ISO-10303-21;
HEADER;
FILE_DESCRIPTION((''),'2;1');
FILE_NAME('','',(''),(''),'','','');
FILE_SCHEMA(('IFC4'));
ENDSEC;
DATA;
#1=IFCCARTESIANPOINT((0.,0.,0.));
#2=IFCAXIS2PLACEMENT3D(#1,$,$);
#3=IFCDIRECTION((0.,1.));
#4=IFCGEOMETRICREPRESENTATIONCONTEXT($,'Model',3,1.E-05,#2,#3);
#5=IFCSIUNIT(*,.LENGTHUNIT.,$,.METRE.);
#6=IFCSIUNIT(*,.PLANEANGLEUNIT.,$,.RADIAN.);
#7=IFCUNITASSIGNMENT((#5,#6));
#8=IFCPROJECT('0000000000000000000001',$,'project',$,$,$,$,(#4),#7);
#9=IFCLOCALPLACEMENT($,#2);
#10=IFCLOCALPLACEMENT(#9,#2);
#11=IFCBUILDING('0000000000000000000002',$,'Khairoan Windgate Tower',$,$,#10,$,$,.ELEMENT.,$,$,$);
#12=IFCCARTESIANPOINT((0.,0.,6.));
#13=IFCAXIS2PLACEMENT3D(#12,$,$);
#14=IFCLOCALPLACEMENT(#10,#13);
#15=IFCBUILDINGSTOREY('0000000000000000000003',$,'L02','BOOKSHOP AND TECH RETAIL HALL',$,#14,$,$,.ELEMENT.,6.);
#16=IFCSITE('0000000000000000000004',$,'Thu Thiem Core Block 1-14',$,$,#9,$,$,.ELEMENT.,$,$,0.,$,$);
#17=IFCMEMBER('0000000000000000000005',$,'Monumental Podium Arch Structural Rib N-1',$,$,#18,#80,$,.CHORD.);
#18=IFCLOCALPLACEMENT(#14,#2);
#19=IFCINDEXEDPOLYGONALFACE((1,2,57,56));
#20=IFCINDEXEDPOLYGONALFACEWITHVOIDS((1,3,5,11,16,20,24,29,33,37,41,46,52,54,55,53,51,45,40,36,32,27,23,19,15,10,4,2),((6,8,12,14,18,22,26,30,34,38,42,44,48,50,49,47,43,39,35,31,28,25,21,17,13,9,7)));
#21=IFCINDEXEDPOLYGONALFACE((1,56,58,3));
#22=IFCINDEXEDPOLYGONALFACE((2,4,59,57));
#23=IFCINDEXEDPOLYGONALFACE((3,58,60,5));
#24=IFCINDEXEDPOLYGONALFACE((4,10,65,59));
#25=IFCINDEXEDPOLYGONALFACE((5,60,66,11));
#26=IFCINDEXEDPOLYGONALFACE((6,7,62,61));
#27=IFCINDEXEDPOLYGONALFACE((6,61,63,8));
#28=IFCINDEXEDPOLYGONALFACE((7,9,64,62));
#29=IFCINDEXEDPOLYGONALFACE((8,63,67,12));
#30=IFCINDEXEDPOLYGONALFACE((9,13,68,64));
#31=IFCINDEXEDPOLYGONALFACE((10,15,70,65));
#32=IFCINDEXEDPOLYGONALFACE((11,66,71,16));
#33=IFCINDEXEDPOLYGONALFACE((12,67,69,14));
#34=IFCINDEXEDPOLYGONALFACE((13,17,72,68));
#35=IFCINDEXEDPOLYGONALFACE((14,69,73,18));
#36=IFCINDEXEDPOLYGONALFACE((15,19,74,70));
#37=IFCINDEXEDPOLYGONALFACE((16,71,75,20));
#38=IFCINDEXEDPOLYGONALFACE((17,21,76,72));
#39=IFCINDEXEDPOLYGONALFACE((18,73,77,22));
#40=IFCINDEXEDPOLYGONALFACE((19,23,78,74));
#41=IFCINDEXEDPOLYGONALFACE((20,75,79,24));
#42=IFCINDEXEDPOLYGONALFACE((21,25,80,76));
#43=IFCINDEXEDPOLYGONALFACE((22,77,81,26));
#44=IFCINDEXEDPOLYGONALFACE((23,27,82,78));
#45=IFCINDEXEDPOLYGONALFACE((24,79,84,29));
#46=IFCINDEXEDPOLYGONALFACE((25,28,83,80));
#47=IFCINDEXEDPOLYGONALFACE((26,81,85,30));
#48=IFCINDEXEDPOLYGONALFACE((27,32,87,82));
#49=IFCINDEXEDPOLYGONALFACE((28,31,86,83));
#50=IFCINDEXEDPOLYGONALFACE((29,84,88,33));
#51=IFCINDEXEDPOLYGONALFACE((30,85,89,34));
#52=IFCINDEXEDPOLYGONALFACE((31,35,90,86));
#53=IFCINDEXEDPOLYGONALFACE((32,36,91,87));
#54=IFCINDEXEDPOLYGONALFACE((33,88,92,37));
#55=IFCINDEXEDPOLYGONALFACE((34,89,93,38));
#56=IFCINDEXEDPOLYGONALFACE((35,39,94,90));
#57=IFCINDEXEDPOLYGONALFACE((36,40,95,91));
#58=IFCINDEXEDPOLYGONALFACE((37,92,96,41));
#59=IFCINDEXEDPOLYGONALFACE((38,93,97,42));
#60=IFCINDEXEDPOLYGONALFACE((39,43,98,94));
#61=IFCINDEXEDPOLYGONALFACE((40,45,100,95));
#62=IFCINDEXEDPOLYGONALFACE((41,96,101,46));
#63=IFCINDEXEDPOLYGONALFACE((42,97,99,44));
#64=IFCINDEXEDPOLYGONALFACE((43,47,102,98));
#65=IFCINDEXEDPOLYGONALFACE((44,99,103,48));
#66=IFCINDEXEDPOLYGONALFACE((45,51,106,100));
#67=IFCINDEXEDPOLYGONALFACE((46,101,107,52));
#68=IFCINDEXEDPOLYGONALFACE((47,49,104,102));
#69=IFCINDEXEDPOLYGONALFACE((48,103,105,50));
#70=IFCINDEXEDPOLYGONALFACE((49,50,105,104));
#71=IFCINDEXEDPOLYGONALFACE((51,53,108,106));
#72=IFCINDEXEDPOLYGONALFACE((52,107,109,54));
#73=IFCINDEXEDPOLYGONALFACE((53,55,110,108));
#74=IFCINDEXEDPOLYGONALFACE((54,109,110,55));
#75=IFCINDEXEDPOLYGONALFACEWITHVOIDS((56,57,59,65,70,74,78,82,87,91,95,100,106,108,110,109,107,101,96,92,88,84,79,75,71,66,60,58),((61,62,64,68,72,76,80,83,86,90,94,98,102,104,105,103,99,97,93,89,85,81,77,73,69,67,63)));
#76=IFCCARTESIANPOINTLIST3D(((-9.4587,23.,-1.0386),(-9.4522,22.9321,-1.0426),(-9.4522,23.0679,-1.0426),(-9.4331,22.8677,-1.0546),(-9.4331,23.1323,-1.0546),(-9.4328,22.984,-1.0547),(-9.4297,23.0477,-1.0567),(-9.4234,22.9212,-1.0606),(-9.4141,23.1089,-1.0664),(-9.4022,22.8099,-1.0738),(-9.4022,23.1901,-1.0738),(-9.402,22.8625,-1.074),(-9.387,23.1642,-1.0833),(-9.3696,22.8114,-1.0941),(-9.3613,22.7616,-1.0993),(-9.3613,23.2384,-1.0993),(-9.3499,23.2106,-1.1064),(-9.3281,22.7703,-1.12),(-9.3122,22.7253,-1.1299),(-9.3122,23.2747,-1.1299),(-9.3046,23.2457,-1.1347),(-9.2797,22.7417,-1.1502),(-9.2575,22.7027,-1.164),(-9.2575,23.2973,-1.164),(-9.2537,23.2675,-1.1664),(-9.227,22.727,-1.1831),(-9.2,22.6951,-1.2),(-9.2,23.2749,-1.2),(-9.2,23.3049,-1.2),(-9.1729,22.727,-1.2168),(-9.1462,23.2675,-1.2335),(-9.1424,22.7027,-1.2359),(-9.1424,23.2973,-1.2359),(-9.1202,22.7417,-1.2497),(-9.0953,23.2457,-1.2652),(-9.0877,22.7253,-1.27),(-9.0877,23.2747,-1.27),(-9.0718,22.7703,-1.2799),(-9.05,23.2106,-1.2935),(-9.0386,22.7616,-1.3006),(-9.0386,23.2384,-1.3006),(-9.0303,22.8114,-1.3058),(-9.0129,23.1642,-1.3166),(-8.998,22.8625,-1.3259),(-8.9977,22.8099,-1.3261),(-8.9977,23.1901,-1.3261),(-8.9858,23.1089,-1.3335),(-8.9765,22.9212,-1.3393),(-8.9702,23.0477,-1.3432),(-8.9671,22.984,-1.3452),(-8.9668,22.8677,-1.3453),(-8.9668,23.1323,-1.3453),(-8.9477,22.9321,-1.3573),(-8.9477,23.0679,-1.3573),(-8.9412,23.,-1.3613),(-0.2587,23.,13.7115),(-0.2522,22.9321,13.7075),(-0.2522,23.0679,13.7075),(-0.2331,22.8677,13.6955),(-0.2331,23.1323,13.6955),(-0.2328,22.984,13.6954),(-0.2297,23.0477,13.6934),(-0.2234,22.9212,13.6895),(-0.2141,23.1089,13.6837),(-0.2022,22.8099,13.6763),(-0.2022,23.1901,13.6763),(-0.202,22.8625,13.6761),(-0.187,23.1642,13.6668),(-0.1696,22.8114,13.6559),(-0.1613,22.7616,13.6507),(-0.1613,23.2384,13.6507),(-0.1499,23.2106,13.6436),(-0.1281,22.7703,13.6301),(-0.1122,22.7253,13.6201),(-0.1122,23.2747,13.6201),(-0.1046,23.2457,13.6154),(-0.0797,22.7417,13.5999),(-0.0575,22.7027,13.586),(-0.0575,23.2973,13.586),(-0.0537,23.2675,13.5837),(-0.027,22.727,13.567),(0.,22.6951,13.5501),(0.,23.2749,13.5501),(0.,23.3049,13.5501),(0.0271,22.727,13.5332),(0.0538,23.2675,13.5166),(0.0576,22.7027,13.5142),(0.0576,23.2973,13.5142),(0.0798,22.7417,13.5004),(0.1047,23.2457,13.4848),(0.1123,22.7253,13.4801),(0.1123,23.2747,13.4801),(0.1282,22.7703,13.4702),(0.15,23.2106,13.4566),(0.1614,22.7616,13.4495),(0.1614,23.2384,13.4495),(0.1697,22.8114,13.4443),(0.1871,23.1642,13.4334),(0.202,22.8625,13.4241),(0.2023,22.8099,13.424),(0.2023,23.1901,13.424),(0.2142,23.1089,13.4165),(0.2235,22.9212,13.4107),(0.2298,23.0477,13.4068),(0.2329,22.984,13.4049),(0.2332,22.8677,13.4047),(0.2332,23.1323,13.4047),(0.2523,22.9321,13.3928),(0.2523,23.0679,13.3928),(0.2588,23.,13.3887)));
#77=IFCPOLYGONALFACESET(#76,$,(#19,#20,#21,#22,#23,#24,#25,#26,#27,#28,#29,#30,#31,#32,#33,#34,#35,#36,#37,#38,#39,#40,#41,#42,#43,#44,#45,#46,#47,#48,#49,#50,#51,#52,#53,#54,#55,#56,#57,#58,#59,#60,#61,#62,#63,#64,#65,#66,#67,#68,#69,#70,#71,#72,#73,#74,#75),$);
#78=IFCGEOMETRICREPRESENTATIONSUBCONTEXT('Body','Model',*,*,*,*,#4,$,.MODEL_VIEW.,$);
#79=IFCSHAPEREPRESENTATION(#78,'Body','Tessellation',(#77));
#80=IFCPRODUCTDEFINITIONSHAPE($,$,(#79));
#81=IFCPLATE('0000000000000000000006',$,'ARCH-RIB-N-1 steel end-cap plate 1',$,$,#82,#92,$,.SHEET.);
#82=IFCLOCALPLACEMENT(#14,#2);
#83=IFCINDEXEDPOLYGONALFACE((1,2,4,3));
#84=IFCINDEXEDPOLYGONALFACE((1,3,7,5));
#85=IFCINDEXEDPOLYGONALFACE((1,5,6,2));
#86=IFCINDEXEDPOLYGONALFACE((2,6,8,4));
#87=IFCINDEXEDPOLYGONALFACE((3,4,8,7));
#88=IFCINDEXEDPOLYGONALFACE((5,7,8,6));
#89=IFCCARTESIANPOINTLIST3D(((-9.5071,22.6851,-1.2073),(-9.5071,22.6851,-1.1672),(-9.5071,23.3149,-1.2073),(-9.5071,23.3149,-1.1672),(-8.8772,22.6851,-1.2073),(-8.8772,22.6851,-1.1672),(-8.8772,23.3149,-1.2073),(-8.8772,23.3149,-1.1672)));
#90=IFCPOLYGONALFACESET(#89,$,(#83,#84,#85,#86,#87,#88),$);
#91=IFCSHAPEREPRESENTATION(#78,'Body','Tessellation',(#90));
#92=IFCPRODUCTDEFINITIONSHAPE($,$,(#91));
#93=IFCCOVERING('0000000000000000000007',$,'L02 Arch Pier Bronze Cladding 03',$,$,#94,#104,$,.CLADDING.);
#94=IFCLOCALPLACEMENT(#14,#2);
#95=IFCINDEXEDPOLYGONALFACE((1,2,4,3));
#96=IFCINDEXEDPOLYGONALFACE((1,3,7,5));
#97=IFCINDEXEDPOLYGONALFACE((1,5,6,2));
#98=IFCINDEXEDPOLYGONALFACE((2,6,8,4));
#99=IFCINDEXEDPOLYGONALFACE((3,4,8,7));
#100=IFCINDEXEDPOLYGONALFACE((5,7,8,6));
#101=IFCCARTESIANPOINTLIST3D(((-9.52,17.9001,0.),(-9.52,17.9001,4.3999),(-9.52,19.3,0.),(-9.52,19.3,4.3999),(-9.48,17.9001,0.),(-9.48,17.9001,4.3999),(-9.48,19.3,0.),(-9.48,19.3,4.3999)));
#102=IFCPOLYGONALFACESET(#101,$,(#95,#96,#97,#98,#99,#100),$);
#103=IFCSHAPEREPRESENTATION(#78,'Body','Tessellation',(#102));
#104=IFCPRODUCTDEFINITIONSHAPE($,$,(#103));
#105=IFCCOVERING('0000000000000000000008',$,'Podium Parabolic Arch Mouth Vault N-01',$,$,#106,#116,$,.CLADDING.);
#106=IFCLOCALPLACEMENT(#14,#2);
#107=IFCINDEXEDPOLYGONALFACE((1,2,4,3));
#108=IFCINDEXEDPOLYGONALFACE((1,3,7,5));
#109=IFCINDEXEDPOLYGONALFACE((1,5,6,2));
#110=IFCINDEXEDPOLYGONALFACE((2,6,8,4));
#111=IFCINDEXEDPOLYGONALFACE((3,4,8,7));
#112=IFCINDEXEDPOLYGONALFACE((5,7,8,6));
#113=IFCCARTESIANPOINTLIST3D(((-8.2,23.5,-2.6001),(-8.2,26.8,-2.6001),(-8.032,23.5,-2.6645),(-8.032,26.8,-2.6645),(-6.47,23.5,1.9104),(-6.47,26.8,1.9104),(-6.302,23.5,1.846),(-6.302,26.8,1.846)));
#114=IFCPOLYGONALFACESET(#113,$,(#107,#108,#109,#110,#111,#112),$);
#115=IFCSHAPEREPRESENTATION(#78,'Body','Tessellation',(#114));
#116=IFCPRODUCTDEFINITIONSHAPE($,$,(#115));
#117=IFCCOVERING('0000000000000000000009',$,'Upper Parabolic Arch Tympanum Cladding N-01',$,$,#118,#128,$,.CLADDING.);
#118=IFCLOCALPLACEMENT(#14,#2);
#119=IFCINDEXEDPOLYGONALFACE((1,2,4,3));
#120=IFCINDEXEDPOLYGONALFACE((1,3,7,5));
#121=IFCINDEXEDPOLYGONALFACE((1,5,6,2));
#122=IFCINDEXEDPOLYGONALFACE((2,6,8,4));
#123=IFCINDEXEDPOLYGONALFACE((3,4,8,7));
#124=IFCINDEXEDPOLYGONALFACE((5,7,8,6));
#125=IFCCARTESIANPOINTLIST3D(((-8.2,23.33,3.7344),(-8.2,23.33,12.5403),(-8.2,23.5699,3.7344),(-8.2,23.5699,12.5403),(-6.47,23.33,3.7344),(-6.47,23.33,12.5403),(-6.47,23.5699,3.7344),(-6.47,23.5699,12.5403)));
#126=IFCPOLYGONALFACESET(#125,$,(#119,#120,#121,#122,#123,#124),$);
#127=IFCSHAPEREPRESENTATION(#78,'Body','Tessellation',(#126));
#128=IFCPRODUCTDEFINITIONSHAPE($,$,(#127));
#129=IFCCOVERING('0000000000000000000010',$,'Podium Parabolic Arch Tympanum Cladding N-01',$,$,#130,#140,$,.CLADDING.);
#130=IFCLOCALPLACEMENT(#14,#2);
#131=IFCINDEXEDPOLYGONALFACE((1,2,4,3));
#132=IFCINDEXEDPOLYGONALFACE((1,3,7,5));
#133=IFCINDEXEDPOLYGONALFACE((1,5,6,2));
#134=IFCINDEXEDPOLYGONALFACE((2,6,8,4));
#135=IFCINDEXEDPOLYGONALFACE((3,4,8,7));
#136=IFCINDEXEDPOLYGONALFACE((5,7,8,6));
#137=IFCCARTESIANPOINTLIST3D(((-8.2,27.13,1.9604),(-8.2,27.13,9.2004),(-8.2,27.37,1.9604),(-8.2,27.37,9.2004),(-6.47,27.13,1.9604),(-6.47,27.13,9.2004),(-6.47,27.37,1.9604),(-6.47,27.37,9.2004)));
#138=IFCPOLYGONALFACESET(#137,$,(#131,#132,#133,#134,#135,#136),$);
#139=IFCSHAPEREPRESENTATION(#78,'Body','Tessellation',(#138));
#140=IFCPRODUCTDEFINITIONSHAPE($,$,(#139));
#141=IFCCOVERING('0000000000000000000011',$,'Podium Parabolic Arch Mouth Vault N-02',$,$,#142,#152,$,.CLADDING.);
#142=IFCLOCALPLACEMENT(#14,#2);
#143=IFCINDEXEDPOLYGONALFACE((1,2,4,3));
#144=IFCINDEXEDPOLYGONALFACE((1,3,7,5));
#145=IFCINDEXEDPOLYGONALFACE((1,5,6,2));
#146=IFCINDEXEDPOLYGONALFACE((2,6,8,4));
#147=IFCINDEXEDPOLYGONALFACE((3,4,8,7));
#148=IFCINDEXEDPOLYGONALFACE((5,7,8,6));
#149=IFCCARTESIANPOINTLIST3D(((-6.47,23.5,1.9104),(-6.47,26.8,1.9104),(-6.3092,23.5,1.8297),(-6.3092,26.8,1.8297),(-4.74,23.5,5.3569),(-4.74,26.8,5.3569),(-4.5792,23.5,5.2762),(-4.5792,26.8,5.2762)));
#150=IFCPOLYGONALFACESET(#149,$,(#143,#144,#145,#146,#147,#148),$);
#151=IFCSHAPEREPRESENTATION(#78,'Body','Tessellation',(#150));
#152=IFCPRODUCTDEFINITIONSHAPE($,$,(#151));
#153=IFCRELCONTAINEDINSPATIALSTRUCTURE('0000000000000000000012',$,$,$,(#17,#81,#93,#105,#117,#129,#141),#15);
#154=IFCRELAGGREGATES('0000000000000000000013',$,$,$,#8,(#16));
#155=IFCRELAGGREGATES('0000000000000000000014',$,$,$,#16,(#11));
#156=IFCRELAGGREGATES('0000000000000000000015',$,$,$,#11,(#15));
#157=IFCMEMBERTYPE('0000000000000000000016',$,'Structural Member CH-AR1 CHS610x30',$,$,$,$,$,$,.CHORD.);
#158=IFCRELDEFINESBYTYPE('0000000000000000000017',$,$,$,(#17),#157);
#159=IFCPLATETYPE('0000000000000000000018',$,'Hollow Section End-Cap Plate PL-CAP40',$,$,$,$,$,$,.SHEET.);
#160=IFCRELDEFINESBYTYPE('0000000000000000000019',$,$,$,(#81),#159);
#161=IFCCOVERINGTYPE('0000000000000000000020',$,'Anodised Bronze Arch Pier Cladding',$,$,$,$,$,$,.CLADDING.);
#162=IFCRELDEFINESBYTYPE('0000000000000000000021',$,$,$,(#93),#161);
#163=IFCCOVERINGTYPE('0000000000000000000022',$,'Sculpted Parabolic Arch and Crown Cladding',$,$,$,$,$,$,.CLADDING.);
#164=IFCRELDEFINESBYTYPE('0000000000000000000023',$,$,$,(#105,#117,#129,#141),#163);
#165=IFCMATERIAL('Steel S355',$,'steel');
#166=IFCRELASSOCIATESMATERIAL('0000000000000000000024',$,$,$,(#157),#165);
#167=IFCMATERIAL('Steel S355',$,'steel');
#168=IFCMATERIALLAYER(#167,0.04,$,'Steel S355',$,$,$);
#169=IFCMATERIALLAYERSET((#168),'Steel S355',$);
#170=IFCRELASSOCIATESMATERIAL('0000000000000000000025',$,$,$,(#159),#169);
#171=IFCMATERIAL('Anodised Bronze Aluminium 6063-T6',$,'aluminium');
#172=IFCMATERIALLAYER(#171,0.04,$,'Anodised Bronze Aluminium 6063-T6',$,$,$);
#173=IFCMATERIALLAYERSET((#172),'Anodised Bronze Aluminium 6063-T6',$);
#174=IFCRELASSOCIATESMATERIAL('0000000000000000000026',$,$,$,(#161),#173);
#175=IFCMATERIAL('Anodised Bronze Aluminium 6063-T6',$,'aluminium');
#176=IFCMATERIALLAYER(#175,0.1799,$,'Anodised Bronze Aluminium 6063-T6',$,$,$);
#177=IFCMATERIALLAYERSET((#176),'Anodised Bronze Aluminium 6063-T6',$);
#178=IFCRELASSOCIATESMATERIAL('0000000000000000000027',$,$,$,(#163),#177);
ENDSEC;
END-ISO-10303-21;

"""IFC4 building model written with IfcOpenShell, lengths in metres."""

from ifc_helpers import new_model, si_unit, direction, frame, origin, origin_2d, place, context, subcontext, project, spatial, polyline, rectangle, hollow_circle, outline, extrude, material, layer, layer_set, material_profile, profile_set, type_object, element, save


model = new_model("IFC4")

# Units and contexts
model_context = context("Model", 3, precision=1e-05, world=origin(), true_north=direction((0.0, 1.0)))
body_context = subcontext(model_context, "Body", "Model", "MODEL_VIEW")
ifc_project = project(units=[si_unit("LENGTHUNIT", "METRE"), si_unit("PLANEANGLEUNIT", "RADIAN")], contexts=[model_context])

# Site, building, storey
site_placement = place(None, origin())
site = spatial("IfcSite", under=ifc_project, at=site_placement, Name="Thu Thiem Core Block 1-14", CompositionType="ELEMENT", RefElevation=0.0)
building_placement = place(site_placement, origin())
building = spatial("IfcBuilding", under=site, at=building_placement, Name="Khairoan Windgate Tower", CompositionType="ELEMENT")
storey_placement = place(building_placement, frame((0.0, 0.0, 6.0)))
storey = spatial("IfcBuildingStorey", under=building, at=storey_placement, Name="L02", Description="BOOKSHOP AND TECH RETAIL HALL", CompositionType="ELEMENT", Elevation=6.0)

# Member
ifc_material_1 = material(Name="Steel S355", Category="steel")
ifc_material_profile_1 = material_profile(ifc_material_1, hollow_circle(Radius=0.3049, WallThickness=0.03, at=origin_2d()))
ifc_profile_set_1 = profile_set([ifc_material_profile_1], Name="Steel S355")
member_type_1 = type_object("IfcMemberType", Name="Structural Member CH-AR1 CHS610x30", PredefinedType="CHORD", material=ifc_profile_set_1)
member_1_placement = place(storey_placement, frame((-9.2, 23.0, -1.2), z_axis=(0.529221, 0.0, 0.848484), x_axis=(0.0, 1.0, 0.0)))
element("IfcMember", 1, at=member_1_placement, inside=storey, type_object=member_type_1, Name="Monumental Podium Arch Structural Rib N-1", PredefinedType="CHORD", context=body_context, shape_type="SweptSolid", body=[
    extrude(hollow_circle(Radius=0.3049, WallThickness=0.03, at=origin_2d()), origin(), (0.0, 0.0, 1.0), 17.384),
])

# Plate
ifc_material_2 = material(Name="Steel S355", Category="steel")
ifc_layer_1 = layer(ifc_material_2, 0.04, Name="Steel S355")
ifc_layer_set_1 = layer_set([ifc_layer_1], Name="Steel S355")
plate_type_1 = type_object("IfcPlateType", Name="Hollow Section End-Cap Plate PL-CAP40", PredefinedType="SHEET", material=ifc_layer_set_1)
plate_1_placement = place(storey_placement, frame((-9.1921, 23.0, -1.2073), z_axis=(0.0, 0.0, 1.0), x_axis=(1.0, 0.0, 0.0)))
element("IfcPlate", 2, at=plate_1_placement, inside=storey, type_object=plate_type_1, Name="ARCH-RIB-N-1 steel end-cap plate 1", PredefinedType="SHEET", context=body_context, shape_type="SweptSolid", body=[
    extrude(rectangle(XDim=0.6299, YDim=0.6299, at=origin_2d()), origin(), (0.0, 0.0, 1.0), 0.04),
])

# Coverings
ifc_material_3 = material(Name="Anodised Bronze Aluminium 6063-T6", Category="aluminium")
ifc_layer_2 = layer(ifc_material_3, 0.04, Name="Anodised Bronze Aluminium 6063-T6")
ifc_layer_set_2 = layer_set([ifc_layer_2], Name="Anodised Bronze Aluminium 6063-T6")
covering_type_1 = type_object("IfcCoveringType", Name="Anodised Bronze Arch Pier Cladding", PredefinedType="CLADDING", material=ifc_layer_set_2)
covering_1_placement = place(storey_placement, frame((-9.5, 18.6001, 0.0), z_axis=(0.0, 0.0, 1.0), x_axis=(1.0, 0.0, 0.0)))
element("IfcCovering", 3, at=covering_1_placement, inside=storey, type_object=covering_type_1, Name="L02 Arch Pier Bronze Cladding 03", PredefinedType="CLADDING", context=body_context, shape_type="SweptSolid", body=[
    extrude(rectangle(XDim=0.04, YDim=1.3999, at=origin_2d()), origin(), (0.0, 0.0, 1.0), 4.3999),
])
ifc_material_4 = material(Name="Anodised Bronze Aluminium 6063-T6", Category="aluminium")
ifc_layer_3 = layer(ifc_material_4, 0.1799, Name="Anodised Bronze Aluminium 6063-T6")
ifc_layer_set_3 = layer_set([ifc_layer_3], Name="Anodised Bronze Aluminium 6063-T6")
covering_type_2 = type_object("IfcCoveringType", Name="Sculpted Parabolic Arch and Crown Cladding", PredefinedType="CLADDING", material=ifc_layer_set_3)
covering_2_placement = place(storey_placement, frame((-8.2, 23.5, -2.6001), z_axis=(-0.93368, 0.0, 0.358109), x_axis=(0.358109, 0.0, 0.93368)))
element("IfcCovering", 4, at=covering_2_placement, inside=storey, type_object=covering_type_2, Name="Podium Parabolic Arch Mouth Vault N-01", PredefinedType="CLADDING", context=body_context, shape_type="SweptSolid", body=[
    extrude(outline(polyline([(0.0, 0.0), (4.8309, 0.0), (4.8309, 3.3), (0.0, 3.3), (0.0, 0.0)])), origin(), (0.0, 0.0, -1.0), 0.1799),
])
covering_3_placement = place(storey_placement, frame((-7.335, 23.45, 3.7344), z_axis=(0.0, 0.0, 1.0), x_axis=(1.0, 0.0, 0.0)))
element("IfcCovering", 5, at=covering_3_placement, inside=storey, type_object=covering_type_2, Name="Upper Parabolic Arch Tympanum Cladding N-01", PredefinedType="CLADDING", context=body_context, shape_type="SweptSolid", body=[
    extrude(rectangle(XDim=1.73, YDim=0.24, at=origin_2d()), origin(), (0.0, 0.0, 1.0), 8.8059),
])
covering_4_placement = place(storey_placement, frame((-7.335, 27.25, 1.9604), z_axis=(0.0, 0.0, 1.0), x_axis=(1.0, 0.0, 0.0)))
element("IfcCovering", 6, at=covering_4_placement, inside=storey, type_object=covering_type_2, Name="Podium Parabolic Arch Tympanum Cladding N-01", PredefinedType="CLADDING", context=body_context, shape_type="SweptSolid", body=[
    extrude(rectangle(XDim=1.73, YDim=0.24, at=origin_2d()), origin(), (0.0, 0.0, 1.0), 7.24),
])
covering_5_placement = place(storey_placement, frame((-6.47, 23.5, 1.9104), z_axis=(-0.89373, 0.0, 0.448606), x_axis=(0.448606, 0.0, 0.89373)))
element("IfcCovering", 7, at=covering_5_placement, inside=storey, type_object=covering_type_2, Name="Podium Parabolic Arch Mouth Vault N-02", PredefinedType="CLADDING", context=body_context, shape_type="SweptSolid", body=[
    extrude(outline(polyline([(0.0, 0.0), (3.8563, 0.0), (3.8563, 3.3), (0.0, 3.3), (0.0, 0.0)])), origin(), (0.0, 0.0, -1.0), 0.1799),
])

save(model, "model.ifc")
